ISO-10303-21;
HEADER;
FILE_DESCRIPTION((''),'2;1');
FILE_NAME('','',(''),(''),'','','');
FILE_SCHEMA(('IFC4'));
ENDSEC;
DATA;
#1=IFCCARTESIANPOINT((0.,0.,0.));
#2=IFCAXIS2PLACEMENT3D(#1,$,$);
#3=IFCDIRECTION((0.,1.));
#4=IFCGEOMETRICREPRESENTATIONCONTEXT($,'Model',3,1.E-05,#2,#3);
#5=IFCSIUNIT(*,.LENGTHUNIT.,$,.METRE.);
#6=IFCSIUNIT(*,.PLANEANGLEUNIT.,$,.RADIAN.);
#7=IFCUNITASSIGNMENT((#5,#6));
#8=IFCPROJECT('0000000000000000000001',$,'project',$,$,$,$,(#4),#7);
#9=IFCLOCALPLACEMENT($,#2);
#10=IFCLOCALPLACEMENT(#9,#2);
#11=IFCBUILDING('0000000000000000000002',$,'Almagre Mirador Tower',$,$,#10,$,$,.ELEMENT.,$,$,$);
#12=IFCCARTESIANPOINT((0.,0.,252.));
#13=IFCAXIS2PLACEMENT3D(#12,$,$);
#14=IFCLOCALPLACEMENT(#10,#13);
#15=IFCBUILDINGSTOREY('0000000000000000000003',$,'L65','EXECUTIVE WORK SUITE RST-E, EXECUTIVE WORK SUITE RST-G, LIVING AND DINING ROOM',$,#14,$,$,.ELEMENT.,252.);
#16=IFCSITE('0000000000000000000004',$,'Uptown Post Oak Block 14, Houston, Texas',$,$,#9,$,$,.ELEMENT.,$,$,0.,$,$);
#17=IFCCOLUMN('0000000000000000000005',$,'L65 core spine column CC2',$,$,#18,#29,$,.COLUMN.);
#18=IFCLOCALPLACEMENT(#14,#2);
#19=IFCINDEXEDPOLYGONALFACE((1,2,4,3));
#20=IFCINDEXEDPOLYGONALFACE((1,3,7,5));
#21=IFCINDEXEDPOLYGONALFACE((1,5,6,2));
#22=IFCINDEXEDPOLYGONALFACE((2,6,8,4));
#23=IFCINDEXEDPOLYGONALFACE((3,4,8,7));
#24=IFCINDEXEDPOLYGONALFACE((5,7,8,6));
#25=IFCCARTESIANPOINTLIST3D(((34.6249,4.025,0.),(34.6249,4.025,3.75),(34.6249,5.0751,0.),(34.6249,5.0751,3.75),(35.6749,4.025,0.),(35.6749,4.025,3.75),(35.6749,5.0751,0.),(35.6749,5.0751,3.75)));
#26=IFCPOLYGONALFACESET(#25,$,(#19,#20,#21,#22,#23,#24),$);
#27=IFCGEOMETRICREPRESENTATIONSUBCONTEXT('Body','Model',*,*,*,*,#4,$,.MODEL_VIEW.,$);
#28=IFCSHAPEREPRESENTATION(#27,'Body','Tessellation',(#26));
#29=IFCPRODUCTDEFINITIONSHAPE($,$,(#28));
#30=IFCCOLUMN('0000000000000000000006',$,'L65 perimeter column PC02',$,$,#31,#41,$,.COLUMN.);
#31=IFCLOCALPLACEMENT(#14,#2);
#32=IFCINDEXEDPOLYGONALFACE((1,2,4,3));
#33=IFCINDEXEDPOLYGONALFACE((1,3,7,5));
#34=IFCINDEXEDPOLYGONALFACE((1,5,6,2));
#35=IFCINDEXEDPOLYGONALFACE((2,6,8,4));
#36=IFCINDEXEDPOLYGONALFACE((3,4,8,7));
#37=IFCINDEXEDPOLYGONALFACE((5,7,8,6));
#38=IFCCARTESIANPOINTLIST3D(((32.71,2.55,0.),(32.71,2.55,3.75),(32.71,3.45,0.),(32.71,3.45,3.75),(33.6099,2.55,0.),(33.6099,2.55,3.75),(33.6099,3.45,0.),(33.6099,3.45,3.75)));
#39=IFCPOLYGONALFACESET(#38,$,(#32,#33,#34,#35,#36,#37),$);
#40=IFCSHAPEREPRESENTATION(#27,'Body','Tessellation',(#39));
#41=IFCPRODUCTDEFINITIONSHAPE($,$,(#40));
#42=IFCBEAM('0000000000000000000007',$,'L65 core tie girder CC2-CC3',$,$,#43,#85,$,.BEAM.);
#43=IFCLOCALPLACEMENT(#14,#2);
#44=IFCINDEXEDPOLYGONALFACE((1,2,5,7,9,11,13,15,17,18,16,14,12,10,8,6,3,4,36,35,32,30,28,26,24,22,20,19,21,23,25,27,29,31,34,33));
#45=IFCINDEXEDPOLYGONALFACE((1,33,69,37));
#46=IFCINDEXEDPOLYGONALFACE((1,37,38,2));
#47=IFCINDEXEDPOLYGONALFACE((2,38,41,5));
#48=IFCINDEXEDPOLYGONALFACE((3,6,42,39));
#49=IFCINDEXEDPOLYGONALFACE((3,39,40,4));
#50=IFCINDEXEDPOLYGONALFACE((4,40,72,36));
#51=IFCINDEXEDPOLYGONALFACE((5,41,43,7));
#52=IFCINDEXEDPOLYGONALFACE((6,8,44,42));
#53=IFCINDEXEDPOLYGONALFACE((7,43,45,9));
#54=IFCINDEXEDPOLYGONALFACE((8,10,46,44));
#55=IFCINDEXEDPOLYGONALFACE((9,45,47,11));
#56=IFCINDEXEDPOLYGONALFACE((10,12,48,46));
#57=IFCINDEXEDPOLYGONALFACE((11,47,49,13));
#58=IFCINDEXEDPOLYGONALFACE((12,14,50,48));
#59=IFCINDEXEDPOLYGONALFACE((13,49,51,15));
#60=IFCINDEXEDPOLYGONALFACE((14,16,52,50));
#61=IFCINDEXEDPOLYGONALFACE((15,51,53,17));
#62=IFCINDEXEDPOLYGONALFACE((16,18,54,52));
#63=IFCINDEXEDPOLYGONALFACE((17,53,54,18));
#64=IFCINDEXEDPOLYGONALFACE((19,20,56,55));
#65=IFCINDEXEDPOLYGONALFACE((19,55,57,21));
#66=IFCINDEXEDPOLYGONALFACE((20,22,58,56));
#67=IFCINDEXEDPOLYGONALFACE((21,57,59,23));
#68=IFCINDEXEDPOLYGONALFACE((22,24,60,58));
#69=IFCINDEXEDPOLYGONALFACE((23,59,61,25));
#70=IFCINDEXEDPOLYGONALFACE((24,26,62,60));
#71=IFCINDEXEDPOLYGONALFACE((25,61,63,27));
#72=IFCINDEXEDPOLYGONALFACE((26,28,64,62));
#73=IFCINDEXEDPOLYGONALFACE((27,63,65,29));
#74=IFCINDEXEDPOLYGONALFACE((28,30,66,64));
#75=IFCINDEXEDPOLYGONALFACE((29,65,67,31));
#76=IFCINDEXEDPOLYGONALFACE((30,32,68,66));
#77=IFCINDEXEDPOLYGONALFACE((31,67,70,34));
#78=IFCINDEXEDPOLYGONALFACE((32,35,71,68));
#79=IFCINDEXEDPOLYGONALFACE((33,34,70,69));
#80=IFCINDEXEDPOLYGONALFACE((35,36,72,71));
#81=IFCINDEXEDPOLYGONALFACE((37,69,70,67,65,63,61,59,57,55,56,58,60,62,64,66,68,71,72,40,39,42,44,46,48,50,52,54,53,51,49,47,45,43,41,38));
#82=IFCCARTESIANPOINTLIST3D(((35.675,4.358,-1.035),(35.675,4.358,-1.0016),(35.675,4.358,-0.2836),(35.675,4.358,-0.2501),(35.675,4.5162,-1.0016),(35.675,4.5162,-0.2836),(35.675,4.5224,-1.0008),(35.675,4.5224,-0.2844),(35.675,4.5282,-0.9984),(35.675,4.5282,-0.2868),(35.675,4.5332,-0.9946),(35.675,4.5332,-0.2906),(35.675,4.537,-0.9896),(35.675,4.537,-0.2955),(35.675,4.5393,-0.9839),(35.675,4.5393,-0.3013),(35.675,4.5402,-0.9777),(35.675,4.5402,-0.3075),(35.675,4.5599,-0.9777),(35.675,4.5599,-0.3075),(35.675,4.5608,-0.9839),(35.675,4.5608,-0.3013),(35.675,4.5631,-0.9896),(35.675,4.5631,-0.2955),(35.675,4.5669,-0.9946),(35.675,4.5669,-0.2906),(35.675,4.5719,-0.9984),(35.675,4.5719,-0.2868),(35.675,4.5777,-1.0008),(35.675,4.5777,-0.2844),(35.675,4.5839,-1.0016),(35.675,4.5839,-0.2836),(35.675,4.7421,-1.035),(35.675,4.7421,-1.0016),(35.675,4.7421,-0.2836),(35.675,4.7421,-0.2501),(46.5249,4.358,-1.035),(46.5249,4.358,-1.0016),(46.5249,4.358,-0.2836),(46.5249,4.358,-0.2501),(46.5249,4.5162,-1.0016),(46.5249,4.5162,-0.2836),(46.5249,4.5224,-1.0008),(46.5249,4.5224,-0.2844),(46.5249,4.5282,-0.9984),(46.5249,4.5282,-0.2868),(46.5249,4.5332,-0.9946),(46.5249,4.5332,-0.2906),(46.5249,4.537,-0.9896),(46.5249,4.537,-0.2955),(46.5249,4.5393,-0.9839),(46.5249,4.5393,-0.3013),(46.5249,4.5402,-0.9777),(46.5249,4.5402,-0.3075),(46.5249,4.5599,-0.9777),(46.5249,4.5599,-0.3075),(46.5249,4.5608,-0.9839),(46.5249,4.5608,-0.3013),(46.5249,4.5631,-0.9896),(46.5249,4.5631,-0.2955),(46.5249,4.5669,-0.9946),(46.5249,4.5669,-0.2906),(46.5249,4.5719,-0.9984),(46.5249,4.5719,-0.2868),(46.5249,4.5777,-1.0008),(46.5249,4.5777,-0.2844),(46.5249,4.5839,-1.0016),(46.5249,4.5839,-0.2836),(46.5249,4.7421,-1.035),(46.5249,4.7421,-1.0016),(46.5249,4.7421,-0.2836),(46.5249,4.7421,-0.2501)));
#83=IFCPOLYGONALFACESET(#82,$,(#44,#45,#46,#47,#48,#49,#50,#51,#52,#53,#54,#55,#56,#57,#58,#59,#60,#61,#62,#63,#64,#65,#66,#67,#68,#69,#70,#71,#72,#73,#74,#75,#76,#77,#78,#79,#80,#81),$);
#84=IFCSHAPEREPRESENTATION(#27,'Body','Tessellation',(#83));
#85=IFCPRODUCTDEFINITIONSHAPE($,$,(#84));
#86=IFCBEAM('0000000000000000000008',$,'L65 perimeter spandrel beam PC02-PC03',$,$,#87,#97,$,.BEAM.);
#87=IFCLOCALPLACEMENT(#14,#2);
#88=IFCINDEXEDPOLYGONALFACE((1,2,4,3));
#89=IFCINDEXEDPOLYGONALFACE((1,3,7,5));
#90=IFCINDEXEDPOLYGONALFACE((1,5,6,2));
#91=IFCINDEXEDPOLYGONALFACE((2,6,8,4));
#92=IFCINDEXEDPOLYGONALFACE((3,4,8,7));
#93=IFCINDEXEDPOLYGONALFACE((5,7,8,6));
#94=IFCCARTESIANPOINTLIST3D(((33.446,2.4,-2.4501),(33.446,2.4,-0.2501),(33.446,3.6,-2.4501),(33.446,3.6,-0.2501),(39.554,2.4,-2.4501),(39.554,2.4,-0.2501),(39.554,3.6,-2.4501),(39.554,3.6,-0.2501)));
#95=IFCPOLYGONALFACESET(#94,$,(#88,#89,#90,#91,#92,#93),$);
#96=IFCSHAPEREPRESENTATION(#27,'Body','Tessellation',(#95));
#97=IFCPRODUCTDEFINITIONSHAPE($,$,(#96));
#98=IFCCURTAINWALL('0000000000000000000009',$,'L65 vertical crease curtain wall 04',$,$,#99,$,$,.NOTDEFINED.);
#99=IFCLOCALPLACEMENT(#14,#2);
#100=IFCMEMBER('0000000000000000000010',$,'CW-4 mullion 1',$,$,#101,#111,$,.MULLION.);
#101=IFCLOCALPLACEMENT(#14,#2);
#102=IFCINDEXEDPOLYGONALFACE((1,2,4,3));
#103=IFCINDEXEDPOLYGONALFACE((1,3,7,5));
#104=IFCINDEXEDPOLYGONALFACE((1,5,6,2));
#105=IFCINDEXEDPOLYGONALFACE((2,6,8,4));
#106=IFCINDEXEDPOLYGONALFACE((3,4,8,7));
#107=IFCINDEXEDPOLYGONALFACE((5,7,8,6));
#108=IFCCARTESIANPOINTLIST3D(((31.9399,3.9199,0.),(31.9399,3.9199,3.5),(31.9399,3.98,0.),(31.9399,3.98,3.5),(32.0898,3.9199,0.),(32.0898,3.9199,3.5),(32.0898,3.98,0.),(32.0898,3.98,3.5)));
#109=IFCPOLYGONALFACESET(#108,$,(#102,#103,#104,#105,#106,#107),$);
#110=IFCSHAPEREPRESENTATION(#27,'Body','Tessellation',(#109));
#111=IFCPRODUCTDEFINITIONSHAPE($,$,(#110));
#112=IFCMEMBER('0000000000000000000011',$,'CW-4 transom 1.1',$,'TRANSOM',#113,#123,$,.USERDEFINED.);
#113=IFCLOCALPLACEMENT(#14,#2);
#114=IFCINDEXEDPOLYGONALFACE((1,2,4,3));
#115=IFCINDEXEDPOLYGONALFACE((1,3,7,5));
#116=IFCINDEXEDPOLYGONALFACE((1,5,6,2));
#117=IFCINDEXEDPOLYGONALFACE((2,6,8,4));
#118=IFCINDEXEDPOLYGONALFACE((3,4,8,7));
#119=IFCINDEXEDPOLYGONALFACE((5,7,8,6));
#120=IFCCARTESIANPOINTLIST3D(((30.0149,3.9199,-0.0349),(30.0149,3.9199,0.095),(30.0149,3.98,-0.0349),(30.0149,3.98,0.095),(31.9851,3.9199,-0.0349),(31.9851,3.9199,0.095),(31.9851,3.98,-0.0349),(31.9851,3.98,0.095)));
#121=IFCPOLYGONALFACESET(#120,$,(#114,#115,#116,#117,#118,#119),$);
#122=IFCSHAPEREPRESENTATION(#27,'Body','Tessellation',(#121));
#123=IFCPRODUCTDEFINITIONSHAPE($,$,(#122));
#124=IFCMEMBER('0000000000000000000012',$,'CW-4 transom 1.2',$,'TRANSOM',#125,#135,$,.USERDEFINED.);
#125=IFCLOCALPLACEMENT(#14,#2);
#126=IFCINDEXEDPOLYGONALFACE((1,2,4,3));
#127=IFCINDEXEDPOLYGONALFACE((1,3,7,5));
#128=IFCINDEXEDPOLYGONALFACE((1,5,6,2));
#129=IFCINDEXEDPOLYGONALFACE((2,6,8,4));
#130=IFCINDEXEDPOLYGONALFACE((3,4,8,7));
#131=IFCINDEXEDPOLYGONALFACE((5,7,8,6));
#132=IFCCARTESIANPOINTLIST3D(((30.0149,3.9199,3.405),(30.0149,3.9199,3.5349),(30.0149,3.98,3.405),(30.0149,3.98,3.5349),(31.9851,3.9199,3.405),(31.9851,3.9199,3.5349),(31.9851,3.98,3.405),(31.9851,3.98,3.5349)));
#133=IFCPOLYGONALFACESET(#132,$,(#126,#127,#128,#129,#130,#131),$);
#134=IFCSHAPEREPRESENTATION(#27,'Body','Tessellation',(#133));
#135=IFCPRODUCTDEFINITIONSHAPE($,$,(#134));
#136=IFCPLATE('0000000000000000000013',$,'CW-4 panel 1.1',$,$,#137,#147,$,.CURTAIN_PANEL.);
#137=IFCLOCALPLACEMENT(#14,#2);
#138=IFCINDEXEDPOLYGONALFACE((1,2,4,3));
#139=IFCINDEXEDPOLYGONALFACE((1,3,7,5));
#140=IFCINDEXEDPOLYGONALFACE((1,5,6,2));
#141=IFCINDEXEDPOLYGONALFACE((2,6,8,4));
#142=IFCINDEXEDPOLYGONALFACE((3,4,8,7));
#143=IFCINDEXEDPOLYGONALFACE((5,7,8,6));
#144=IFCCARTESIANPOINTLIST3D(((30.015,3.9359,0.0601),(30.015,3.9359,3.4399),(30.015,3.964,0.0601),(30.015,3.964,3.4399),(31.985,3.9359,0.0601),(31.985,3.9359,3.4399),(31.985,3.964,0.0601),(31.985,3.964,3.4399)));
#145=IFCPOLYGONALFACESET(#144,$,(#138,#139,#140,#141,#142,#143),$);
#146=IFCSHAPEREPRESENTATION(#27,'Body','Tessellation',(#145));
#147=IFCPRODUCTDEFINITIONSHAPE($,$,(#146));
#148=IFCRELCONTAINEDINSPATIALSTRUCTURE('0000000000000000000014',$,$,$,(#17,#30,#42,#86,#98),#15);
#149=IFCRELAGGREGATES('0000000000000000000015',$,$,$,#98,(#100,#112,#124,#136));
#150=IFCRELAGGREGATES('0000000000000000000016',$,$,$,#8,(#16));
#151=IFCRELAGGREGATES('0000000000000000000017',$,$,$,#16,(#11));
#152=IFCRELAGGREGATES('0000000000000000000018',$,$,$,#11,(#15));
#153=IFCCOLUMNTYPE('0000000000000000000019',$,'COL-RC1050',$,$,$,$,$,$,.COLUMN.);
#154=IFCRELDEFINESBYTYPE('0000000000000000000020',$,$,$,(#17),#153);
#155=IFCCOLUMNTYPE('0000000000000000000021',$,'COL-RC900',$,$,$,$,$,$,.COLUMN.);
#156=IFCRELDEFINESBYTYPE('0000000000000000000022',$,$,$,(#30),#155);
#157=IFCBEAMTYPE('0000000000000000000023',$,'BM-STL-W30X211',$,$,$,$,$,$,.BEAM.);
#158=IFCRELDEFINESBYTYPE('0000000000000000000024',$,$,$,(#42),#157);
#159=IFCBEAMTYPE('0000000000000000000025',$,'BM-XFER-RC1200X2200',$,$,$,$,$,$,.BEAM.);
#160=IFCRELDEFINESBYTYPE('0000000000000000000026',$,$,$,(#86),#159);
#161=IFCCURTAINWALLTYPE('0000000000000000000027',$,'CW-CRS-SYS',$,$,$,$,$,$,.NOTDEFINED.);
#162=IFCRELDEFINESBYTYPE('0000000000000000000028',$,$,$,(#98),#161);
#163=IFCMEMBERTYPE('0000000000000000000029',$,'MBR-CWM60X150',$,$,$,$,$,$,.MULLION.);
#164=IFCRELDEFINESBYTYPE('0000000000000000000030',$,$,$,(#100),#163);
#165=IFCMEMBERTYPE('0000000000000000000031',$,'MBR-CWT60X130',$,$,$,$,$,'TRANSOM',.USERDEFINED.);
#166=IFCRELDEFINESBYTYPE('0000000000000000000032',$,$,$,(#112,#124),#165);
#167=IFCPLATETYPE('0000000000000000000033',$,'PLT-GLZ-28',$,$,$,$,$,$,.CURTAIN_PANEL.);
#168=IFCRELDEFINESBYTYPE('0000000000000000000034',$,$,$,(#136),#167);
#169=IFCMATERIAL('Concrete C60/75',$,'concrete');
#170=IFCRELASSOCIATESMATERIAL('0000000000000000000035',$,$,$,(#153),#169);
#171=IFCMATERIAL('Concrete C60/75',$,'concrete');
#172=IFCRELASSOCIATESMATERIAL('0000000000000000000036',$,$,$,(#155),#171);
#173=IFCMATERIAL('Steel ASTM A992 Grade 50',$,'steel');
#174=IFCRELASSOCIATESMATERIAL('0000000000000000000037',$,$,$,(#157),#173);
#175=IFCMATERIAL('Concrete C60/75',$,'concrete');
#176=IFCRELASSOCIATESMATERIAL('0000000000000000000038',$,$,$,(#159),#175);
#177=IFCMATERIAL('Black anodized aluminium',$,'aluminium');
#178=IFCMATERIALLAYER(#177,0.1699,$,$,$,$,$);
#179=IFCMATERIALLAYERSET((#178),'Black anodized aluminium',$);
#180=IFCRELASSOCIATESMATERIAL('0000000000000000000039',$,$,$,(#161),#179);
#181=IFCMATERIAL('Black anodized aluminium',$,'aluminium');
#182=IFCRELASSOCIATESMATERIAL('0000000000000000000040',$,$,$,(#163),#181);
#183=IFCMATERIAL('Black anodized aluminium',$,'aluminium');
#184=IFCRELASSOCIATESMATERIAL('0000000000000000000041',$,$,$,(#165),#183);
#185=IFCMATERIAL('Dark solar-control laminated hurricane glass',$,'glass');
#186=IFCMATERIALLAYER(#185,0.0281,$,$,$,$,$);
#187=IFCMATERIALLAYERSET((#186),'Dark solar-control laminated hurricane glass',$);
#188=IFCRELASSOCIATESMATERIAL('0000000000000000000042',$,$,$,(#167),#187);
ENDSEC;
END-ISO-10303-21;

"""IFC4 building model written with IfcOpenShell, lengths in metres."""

from ifc_helpers import new_model, si_unit, direction, frame, origin, origin_2d, place, context, subcontext, project, spatial, rectangle, i_section, extrude, material, layer, layer_set, material_profile, profile_set, type_object, element, aggregate, save


model = new_model("IFC4")

# Units and contexts
model_context = context("Model", 3, precision=1e-05, world=origin(), true_north=direction((0.0, 1.0)))
body_context = subcontext(model_context, "Body", "Model", "MODEL_VIEW")
ifc_project = project(units=[si_unit("LENGTHUNIT", "METRE"), si_unit("PLANEANGLEUNIT", "RADIAN")], contexts=[model_context])

# Site, building, storey
site_placement = place(None, origin())
site = spatial("IfcSite", under=ifc_project, at=site_placement, Name="Uptown Post Oak Block 14, Houston, Texas", CompositionType="ELEMENT", RefElevation=0.0)
building_placement = place(site_placement, origin())
building = spatial("IfcBuilding", under=site, at=building_placement, Name="Almagre Mirador Tower", CompositionType="ELEMENT")
storey_placement = place(building_placement, frame((0.0, 0.0, 252.0)))
storey = spatial("IfcBuildingStorey", under=building, at=storey_placement, Name="L65", Description="EXECUTIVE WORK SUITE RST-E, EXECUTIVE WORK SUITE RST-G, LIVING AND DINING ROOM", CompositionType="ELEMENT", Elevation=252.0)

# Columns
ifc_material_1 = material(Name="Concrete C60/75", Category="concrete")
ifc_material_profile_1 = material_profile(ifc_material_1, rectangle(XDim=1.05, YDim=1.05, at=origin_2d()), Name="RC1050X1050")
ifc_profile_set_1 = profile_set([ifc_material_profile_1], Name="Concrete C60/75")
column_type_1 = type_object("IfcColumnType", Name="COL-RC1050", PredefinedType="COLUMN", material=ifc_profile_set_1)
column_1_placement = place(storey_placement, frame((35.1499, 4.55, 0.0), z_axis=(0.0, 0.0, 1.0), x_axis=(1.0, 0.0, 0.0)))
element("IfcColumn", 1, at=column_1_placement, inside=storey, type_object=column_type_1, Name="L65 core spine column CC2", PredefinedType="COLUMN", context=body_context, shape_type="SweptSolid", body=[
    extrude(rectangle(XDim=1.05, YDim=1.05, at=origin_2d()), origin(), (0.0, 0.0, 1.0), 3.75),
])
ifc_material_2 = material(Name="Concrete C60/75", Category="concrete")
ifc_material_profile_2 = material_profile(ifc_material_2, rectangle(XDim=0.8999, YDim=0.8999, at=origin_2d()), Name="RC900X900")
ifc_profile_set_2 = profile_set([ifc_material_profile_2], Name="Concrete C60/75")
column_type_2 = type_object("IfcColumnType", Name="COL-RC900", PredefinedType="COLUMN", material=ifc_profile_set_2)
column_2_placement = place(storey_placement, frame((33.1599, 3.0, 0.0), z_axis=(0.0, 0.0, 1.0), x_axis=(1.0, 0.0, 0.0)))
element("IfcColumn", 2, at=column_2_placement, inside=storey, type_object=column_type_2, Name="L65 perimeter column PC02", PredefinedType="COLUMN", context=body_context, shape_type="SweptSolid", body=[
    extrude(rectangle(XDim=0.8999, YDim=0.8999, at=origin_2d()), origin(), (0.0, 0.0, 1.0), 3.75),
])

# Beams
ifc_material_3 = material(Name="Steel ASTM A992 Grade 50", Category="steel")
ifc_material_profile_3 = material_profile(ifc_material_3, i_section(OverallWidth=0.384, OverallDepth=0.7849, WebThickness=0.0198, FlangeThickness=0.0334, FilletRadius=0.0239, at=origin_2d()), Name="W30X211")
ifc_profile_set_3 = profile_set([ifc_material_profile_3], Name="Steel ASTM A992 Grade 50")
beam_type_1 = type_object("IfcBeamType", Name="BM-STL-W30X211", PredefinedType="BEAM", material=ifc_profile_set_3)
beam_1_placement = place(storey_placement, frame((35.675, 4.55, -0.6426), z_axis=(1.0, 0.0, 0.0), x_axis=(0.0, 1.0, 0.0)))
element("IfcBeam", 3, at=beam_1_placement, inside=storey, type_object=beam_type_1, Name="L65 core tie girder CC2-CC3", PredefinedType="BEAM", context=body_context, shape_type="SweptSolid", body=[
    extrude(i_section(OverallWidth=0.384, OverallDepth=0.7849, WebThickness=0.0198, FlangeThickness=0.0334, FilletRadius=0.0239, at=origin_2d()), origin(), (0.0, 0.0, 1.0), 10.8499),
])
ifc_material_4 = material(Name="Concrete C60/75", Category="concrete")
ifc_material_profile_4 = material_profile(ifc_material_4, rectangle(XDim=1.2, YDim=2.2, at=origin_2d()), Name="RC1200X2200")
ifc_profile_set_4 = profile_set([ifc_material_profile_4], Name="Concrete C60/75")
beam_type_2 = type_object("IfcBeamType", Name="BM-XFER-RC1200X2200", PredefinedType="BEAM", material=ifc_profile_set_4)
beam_2_placement = place(storey_placement, frame((33.446, 3.0, -1.3501), z_axis=(1.0, 0.0, 0.0), x_axis=(0.0, 1.0, 0.0)))
element("IfcBeam", 4, at=beam_2_placement, inside=storey, type_object=beam_type_2, Name="L65 perimeter spandrel beam PC02-PC03", PredefinedType="BEAM", context=body_context, shape_type="SweptSolid", body=[
    extrude(rectangle(XDim=1.2, YDim=2.2, at=origin_2d()), origin(), (0.0, 0.0, 1.0), 6.1079),
])

# Curtain wall, members, plate
ifc_material_5 = material(Name="Black anodized aluminium", Category="aluminium")
ifc_layer_1 = layer(ifc_material_5, 0.1699)
ifc_layer_set_1 = layer_set([ifc_layer_1], Name="Black anodized aluminium")
curtain_wall_type = type_object("IfcCurtainWallType", Name="CW-CRS-SYS", PredefinedType="NOTDEFINED", material=ifc_layer_set_1)
curtain_wall_placement = place(storey_placement, origin())
curtain_wall = element("IfcCurtainWall", 5, at=curtain_wall_placement, inside=storey, type_object=curtain_wall_type, Name="L65 vertical crease curtain wall 04", PredefinedType="NOTDEFINED")
ifc_material_6 = material(Name="Black anodized aluminium", Category="aluminium")
ifc_material_profile_5 = material_profile(ifc_material_6, rectangle(XDim=0.0601, YDim=0.1499, at=origin_2d()), Name="CWM60X150")
ifc_profile_set_5 = profile_set([ifc_material_profile_5], Name="Black anodized aluminium")
member_type_1 = type_object("IfcMemberType", Name="MBR-CWM60X150", PredefinedType="MULLION", material=ifc_profile_set_5)
member_1_placement = place(storey_placement, frame((32.0149, 3.95, 0.0), z_axis=(0.0, 0.0, 1.0), x_axis=(0.0, -1.0, 0.0)))
member_1 = element("IfcMember", 6, at=member_1_placement, type_object=member_type_1, Name="CW-4 mullion 1", PredefinedType="MULLION", context=body_context, shape_type="SweptSolid", body=[
    extrude(rectangle(XDim=0.0601, YDim=0.1499, at=origin_2d()), origin(), (0.0, 0.0, 1.0), 3.5),
])
ifc_material_7 = material(Name="Black anodized aluminium", Category="aluminium")
ifc_material_profile_6 = material_profile(ifc_material_7, rectangle(XDim=0.0601, YDim=0.1299, at=origin_2d()), Name="CWT60X130")
ifc_profile_set_6 = profile_set([ifc_material_profile_6], Name="Black anodized aluminium")
member_type_2 = type_object("IfcMemberType", Name="MBR-CWT60X130", ElementType="TRANSOM", PredefinedType="USERDEFINED", material=ifc_profile_set_6)
member_2_placement = place(storey_placement, frame((31.9851, 3.95, 0.03), z_axis=(-1.0, 0.0, 0.0), x_axis=(0.0, -1.0, 0.0)))
member_2 = element("IfcMember", 7, at=member_2_placement, type_object=member_type_2, Name="CW-4 transom 1.1", ObjectType="TRANSOM", PredefinedType="USERDEFINED", context=body_context, shape_type="SweptSolid", body=[
    extrude(rectangle(XDim=0.0601, YDim=0.1299, at=origin_2d()), origin(), (0.0, 0.0, 1.0), 1.9702),
])
member_3_placement = place(storey_placement, frame((31.9851, 3.95, 3.47), z_axis=(-1.0, 0.0, 0.0), x_axis=(0.0, -1.0, 0.0)))
member_3 = element("IfcMember", 8, at=member_3_placement, type_object=member_type_2, Name="CW-4 transom 1.2", ObjectType="TRANSOM", PredefinedType="USERDEFINED", context=body_context, shape_type="SweptSolid", body=[
    extrude(rectangle(XDim=0.0601, YDim=0.1299, at=origin_2d()), origin(), (0.0, 0.0, 1.0), 1.9702),
])
ifc_material_8 = material(Name="Dark solar-control laminated hurricane glass", Category="glass")
ifc_layer_2 = layer(ifc_material_8, 0.0281)
ifc_layer_set_2 = layer_set([ifc_layer_2], Name="Dark solar-control laminated hurricane glass")
plate_type = type_object("IfcPlateType", Name="PLT-GLZ-28", PredefinedType="CURTAIN_PANEL", material=ifc_layer_set_2)
plate_placement = place(storey_placement, frame((31.0, 3.95, 0.0601), z_axis=(0.0, 0.0, 1.0), x_axis=(-1.0, 0.0, 0.0)))
plate = element("IfcPlate", 9, at=plate_placement, type_object=plate_type, Name="CW-4 panel 1.1", PredefinedType="CURTAIN_PANEL", context=body_context, shape_type="SweptSolid", body=[
    extrude(rectangle(XDim=1.97, YDim=0.0281, at=origin_2d()), origin(), (0.0, 0.0, 1.0), 3.3799),
])
aggregate(curtain_wall, [member_1, member_2, member_3, plate])

save(model, "model.ifc")
